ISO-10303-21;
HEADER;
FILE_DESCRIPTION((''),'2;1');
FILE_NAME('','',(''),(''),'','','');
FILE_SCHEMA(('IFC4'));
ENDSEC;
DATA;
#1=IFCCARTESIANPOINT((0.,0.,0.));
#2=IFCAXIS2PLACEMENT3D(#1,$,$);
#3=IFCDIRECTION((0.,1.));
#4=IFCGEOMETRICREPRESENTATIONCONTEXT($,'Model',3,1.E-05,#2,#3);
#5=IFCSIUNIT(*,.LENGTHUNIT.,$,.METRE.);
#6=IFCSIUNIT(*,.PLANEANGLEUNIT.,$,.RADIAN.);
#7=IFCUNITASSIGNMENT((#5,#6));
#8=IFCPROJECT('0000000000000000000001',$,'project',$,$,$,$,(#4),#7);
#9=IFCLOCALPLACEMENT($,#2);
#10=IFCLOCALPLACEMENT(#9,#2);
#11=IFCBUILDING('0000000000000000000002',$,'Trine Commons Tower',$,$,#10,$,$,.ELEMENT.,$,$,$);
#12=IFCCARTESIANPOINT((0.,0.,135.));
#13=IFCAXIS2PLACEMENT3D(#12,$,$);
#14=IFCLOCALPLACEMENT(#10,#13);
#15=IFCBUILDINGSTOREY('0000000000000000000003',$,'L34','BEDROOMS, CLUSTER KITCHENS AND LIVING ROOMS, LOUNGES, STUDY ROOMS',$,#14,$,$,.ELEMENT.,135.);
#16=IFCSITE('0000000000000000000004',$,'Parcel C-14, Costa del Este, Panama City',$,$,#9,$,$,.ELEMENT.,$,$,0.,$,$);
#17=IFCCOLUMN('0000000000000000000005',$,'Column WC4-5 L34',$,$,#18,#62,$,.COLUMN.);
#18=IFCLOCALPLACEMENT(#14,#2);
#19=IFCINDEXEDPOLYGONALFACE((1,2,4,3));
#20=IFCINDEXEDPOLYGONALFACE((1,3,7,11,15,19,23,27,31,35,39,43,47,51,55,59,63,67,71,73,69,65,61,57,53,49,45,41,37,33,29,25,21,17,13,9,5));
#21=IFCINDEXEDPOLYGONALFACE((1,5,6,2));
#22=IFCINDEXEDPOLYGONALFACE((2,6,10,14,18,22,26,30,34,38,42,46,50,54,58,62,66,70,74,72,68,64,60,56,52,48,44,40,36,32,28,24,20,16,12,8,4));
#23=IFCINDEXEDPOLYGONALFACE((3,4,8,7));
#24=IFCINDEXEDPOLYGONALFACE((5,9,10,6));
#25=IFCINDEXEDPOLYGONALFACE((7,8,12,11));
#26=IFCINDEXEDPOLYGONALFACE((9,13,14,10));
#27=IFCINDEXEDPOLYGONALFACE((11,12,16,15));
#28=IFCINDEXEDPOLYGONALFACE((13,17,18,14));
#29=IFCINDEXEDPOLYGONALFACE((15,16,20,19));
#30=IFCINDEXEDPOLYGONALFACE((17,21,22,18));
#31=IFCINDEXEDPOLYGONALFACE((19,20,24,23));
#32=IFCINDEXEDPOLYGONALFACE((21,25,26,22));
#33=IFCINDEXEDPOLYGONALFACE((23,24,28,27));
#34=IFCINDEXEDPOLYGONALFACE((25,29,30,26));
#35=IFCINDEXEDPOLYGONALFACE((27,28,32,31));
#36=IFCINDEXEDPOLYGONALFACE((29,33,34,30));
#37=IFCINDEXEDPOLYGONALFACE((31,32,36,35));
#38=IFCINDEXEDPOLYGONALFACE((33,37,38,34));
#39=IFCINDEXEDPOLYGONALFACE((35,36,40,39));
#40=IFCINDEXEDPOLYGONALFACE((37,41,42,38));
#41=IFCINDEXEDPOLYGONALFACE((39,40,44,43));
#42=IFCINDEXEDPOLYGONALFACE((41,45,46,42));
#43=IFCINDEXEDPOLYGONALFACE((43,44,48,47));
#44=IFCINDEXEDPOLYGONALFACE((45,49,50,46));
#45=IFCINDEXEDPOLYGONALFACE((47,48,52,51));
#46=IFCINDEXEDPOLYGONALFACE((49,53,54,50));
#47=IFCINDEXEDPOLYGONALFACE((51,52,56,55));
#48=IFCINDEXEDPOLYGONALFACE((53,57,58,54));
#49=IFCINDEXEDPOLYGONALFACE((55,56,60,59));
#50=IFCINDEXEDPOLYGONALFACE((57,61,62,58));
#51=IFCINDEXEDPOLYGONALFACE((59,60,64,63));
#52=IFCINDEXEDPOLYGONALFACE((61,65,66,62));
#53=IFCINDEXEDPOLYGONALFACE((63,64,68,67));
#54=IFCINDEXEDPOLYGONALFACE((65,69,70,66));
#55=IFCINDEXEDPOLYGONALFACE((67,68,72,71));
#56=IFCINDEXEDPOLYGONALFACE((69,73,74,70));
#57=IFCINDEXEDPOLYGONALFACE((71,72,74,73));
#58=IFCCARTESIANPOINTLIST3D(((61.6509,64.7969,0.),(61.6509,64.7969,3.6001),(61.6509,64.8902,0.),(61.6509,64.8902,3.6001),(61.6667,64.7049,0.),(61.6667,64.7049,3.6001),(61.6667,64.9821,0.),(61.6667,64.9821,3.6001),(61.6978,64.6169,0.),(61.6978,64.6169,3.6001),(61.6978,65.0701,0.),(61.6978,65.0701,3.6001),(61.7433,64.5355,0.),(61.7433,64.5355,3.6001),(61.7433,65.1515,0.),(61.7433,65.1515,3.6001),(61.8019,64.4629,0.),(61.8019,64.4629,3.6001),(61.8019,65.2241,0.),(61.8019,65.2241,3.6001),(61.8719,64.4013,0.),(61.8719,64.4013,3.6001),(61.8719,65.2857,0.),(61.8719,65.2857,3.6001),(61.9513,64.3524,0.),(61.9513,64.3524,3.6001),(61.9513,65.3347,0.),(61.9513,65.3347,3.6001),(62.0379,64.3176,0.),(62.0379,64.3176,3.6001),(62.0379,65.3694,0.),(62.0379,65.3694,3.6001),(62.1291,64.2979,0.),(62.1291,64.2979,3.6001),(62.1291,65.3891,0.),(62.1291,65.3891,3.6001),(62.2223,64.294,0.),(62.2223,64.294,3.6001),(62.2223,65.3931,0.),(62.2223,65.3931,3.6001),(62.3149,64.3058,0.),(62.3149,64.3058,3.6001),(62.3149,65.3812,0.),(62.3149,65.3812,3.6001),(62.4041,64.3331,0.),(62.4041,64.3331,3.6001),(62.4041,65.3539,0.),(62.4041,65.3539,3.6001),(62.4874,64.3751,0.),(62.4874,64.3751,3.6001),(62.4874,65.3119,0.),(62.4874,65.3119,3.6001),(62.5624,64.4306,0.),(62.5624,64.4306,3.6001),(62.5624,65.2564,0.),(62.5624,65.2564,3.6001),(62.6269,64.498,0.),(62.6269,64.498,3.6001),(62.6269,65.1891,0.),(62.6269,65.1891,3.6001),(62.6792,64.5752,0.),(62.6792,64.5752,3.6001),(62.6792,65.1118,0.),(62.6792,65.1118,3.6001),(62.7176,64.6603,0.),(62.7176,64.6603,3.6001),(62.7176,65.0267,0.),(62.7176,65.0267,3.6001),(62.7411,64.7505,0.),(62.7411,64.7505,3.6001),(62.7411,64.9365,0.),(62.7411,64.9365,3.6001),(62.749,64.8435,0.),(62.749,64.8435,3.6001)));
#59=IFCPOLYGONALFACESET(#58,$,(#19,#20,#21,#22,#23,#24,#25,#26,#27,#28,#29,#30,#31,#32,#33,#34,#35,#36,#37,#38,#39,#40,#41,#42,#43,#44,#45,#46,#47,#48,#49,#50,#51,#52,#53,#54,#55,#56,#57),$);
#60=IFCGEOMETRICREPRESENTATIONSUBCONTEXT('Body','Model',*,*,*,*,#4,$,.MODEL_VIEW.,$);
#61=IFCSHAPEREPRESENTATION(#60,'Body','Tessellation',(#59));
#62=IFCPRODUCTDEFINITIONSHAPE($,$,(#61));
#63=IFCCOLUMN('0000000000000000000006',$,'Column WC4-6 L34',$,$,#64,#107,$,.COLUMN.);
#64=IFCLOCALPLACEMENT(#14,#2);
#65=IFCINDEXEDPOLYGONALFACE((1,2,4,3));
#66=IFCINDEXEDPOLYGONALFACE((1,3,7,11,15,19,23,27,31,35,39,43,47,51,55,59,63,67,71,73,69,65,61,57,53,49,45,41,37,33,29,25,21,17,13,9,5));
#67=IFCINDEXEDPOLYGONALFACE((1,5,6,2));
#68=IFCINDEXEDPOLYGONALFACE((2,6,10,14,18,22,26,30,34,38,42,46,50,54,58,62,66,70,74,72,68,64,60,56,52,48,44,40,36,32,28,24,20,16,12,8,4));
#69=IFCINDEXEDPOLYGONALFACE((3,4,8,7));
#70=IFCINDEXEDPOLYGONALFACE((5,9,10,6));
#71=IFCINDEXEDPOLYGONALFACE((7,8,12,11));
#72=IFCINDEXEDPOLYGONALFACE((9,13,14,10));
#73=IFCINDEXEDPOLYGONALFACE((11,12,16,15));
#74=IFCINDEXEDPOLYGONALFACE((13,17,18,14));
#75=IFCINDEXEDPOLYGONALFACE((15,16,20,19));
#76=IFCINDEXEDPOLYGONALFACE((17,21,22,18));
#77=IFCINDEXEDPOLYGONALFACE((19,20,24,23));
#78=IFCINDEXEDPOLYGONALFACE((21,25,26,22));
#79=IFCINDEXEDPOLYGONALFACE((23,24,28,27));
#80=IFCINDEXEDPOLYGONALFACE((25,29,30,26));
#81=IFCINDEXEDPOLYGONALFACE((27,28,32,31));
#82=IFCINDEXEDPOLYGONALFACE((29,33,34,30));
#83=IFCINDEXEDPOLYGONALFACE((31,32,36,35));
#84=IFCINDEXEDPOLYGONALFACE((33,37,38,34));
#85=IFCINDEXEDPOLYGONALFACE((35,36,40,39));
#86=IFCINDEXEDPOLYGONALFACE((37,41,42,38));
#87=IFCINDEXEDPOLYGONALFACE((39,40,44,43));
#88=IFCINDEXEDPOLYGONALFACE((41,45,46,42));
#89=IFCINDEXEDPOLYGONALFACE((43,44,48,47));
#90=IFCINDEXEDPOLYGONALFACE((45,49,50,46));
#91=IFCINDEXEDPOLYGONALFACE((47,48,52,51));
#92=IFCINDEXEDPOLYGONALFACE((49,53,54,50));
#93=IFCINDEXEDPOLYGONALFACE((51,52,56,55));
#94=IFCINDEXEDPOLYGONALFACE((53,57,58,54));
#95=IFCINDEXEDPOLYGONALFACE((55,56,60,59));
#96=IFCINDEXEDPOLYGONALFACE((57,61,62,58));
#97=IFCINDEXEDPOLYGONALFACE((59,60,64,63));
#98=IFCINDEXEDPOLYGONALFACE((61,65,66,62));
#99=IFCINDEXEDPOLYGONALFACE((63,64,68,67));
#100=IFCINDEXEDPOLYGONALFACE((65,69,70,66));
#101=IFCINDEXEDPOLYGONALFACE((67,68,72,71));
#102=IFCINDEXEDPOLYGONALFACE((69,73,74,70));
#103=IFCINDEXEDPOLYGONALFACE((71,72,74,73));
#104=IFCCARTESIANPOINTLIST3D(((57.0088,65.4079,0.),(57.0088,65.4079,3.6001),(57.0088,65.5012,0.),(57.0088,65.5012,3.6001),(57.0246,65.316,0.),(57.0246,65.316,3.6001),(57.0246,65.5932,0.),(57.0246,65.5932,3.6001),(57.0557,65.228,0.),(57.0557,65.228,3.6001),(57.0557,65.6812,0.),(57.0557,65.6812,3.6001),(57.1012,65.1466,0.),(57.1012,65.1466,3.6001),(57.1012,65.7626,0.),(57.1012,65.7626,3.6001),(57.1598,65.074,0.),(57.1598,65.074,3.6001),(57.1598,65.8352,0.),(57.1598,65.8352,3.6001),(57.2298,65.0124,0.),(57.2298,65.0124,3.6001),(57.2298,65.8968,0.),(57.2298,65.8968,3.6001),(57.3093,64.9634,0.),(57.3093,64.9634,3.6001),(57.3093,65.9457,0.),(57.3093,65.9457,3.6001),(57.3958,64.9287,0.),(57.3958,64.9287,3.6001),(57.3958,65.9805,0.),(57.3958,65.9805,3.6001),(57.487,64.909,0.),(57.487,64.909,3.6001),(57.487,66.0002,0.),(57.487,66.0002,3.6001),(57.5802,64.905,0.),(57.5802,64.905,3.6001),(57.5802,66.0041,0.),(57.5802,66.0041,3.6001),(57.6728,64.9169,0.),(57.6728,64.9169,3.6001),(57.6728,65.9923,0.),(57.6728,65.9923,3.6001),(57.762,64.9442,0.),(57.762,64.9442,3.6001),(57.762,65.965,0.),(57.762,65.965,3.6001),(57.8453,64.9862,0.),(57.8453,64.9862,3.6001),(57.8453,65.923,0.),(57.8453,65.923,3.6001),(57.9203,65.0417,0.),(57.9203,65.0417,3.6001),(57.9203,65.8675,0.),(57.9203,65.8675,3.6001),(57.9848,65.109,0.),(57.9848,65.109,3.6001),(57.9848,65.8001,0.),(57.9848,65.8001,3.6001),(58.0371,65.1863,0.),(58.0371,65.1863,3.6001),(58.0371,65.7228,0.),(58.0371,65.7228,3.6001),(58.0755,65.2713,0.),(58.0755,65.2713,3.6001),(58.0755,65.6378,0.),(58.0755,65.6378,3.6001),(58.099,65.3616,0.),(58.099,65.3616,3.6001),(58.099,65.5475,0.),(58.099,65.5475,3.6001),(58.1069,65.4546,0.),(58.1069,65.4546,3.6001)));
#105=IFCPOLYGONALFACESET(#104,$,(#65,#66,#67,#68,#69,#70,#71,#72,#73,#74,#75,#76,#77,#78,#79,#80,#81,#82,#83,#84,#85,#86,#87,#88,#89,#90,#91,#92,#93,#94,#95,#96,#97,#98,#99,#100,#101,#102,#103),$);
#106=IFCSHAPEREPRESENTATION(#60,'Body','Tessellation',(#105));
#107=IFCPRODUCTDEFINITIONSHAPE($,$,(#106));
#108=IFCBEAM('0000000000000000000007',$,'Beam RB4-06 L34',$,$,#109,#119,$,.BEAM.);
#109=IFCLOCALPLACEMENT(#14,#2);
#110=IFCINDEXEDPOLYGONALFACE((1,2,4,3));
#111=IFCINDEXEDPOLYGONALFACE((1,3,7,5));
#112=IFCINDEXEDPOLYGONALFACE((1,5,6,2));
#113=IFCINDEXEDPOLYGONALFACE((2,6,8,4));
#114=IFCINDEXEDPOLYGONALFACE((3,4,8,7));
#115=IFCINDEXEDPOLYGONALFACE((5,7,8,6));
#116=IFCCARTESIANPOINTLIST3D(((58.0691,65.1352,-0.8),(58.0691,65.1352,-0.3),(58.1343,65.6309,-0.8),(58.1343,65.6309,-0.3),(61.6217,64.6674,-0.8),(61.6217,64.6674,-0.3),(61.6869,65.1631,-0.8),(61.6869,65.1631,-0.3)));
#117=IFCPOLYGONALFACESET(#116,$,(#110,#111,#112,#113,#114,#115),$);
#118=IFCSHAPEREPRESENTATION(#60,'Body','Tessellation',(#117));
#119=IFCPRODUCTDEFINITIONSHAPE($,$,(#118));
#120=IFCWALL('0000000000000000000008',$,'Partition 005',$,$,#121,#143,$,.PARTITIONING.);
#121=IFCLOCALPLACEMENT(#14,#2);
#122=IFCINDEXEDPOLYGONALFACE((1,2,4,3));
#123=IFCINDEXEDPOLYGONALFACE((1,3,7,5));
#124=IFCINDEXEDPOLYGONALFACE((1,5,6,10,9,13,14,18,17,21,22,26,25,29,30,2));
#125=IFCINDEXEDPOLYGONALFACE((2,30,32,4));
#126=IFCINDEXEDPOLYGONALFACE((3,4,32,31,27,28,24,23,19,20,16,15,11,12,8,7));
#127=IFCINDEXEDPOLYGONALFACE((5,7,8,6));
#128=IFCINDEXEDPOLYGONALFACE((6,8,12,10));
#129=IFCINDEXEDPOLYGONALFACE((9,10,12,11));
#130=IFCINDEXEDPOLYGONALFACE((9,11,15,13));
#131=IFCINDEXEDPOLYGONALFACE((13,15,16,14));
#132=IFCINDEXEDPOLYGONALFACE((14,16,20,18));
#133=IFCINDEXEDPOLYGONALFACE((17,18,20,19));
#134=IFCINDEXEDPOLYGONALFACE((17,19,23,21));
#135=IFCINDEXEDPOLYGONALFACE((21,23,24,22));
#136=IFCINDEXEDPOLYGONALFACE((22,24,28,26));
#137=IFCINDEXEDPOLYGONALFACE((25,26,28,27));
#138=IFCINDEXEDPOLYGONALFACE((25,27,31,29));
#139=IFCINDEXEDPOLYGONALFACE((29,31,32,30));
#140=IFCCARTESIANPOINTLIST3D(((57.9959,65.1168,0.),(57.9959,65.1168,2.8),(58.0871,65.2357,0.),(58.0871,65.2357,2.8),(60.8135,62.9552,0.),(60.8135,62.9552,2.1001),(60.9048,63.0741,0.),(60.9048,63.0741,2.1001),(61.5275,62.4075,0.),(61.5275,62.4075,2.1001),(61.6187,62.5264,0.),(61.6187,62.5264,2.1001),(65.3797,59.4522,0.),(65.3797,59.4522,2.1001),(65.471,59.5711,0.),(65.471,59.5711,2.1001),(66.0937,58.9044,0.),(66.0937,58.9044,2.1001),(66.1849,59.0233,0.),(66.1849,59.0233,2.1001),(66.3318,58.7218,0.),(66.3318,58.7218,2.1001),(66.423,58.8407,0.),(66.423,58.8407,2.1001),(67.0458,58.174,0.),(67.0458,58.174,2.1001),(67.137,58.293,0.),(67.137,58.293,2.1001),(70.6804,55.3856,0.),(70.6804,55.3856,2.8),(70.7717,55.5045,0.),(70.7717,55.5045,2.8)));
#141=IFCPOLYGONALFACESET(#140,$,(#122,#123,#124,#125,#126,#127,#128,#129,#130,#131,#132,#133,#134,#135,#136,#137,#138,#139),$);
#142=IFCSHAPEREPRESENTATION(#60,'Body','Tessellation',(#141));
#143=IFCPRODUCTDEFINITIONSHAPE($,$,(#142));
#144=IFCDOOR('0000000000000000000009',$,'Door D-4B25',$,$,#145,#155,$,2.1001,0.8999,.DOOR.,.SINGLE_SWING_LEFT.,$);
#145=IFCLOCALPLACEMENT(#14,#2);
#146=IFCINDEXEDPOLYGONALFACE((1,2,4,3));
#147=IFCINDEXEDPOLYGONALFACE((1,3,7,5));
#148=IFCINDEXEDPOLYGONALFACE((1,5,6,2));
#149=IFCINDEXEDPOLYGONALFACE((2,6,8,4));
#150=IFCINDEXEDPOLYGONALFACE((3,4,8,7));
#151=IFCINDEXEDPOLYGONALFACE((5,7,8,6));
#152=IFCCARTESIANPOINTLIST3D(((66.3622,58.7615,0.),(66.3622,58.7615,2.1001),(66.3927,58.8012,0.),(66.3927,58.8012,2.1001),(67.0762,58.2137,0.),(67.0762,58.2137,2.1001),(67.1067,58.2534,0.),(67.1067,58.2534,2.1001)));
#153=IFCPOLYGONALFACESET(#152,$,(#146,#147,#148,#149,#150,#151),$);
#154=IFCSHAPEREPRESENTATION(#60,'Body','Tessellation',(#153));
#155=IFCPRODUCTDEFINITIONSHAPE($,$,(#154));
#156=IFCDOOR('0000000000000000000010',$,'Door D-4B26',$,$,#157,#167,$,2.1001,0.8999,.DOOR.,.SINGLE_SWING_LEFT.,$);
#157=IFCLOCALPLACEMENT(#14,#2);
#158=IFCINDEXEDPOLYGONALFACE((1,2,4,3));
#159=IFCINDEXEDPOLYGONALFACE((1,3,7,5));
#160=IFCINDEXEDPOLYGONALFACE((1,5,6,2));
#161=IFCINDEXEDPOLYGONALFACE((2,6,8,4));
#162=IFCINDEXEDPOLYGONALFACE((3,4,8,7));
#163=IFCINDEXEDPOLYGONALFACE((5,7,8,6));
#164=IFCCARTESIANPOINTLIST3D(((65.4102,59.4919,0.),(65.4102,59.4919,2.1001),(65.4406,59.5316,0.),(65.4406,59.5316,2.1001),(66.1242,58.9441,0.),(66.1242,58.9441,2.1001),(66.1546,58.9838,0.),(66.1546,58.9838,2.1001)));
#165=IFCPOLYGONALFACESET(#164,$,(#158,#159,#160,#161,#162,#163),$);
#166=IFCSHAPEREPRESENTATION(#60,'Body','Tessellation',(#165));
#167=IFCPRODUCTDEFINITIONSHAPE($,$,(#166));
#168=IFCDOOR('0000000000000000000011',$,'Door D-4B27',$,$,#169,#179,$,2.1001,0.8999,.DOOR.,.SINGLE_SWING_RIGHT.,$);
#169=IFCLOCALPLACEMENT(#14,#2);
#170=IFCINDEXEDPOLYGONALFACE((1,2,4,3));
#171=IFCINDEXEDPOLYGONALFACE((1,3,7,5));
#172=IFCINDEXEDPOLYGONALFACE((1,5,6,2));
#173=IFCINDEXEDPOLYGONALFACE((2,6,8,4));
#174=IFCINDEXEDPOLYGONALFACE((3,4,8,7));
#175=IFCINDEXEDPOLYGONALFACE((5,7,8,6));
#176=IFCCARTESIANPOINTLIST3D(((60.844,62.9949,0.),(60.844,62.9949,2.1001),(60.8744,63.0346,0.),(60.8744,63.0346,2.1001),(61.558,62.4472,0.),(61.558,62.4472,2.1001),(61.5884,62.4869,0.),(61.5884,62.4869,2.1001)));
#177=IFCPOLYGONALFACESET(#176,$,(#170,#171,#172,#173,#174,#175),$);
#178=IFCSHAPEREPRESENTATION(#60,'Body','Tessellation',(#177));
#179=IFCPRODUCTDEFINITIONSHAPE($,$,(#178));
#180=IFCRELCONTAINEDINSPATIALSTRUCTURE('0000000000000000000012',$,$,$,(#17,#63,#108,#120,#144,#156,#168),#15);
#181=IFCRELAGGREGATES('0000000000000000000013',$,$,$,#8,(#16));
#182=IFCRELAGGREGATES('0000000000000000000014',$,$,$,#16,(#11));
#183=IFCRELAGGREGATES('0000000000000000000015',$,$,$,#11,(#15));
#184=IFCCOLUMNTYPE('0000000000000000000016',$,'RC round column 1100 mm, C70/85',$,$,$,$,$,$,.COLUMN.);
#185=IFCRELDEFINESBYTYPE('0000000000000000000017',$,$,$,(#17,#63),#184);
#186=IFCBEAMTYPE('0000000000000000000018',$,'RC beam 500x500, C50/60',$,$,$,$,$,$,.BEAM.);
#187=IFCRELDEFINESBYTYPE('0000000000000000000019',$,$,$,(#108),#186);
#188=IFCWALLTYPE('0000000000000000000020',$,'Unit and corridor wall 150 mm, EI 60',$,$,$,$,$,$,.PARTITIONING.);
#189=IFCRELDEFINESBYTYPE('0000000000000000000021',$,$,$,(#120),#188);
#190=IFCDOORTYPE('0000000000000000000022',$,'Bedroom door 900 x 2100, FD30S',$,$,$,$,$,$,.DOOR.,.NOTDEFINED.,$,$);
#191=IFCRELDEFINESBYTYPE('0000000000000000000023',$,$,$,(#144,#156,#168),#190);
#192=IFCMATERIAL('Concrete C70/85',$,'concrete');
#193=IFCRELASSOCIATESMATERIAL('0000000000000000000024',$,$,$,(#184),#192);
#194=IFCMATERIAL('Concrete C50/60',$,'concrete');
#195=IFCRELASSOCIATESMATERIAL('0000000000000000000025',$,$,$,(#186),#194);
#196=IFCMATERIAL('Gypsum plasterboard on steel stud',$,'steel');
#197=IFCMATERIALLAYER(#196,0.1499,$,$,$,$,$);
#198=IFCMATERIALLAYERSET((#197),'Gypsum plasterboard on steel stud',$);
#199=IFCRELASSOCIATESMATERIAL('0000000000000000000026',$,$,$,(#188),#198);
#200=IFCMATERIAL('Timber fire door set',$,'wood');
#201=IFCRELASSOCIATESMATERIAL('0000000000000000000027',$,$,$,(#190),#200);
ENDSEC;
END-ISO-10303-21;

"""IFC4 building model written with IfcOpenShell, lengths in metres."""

from ifc_helpers import new_model, si_unit, direction, frame, frame_2d, origin, origin_2d, place, context, subcontext, project, spatial, rectangle, circle, extrude, material, layer, layer_set, material_profile, profile_set, type_object, element, fill, save


model = new_model("IFC4")

# Units and contexts
model_context = context("Model", 3, precision=1e-05, world=origin(), true_north=direction((0.0, 1.0)))
body_context = subcontext(model_context, "Body", "Model", "MODEL_VIEW")
ifc_project = project(units=[si_unit("LENGTHUNIT", "METRE"), si_unit("PLANEANGLEUNIT", "RADIAN")], contexts=[model_context])

# Site, building, storey
site_placement = place(None, origin())
site = spatial("IfcSite", under=ifc_project, at=site_placement, Name="Parcel C-14, Costa del Este, Panama City", CompositionType="ELEMENT", RefElevation=0.0)
building_placement = place(site_placement, origin())
building = spatial("IfcBuilding", under=site, at=building_placement, Name="Trine Commons Tower", CompositionType="ELEMENT")
storey_placement = place(building_placement, frame((0.0, 0.0, 135.0)))
storey = spatial("IfcBuildingStorey", under=building, at=storey_placement, Name="L34", Description="BEDROOMS, CLUSTER KITCHENS AND LIVING ROOMS, LOUNGES, STUDY ROOMS", CompositionType="ELEMENT", Elevation=135.0)

# Columns
ifc_material_1 = material(Name="Concrete C70/85", Category="concrete")
ifc_material_profile_1 = material_profile(ifc_material_1, circle(Radius=0.55, at=origin_2d()), Name="RC round 1100")
ifc_profile_set_1 = profile_set([ifc_material_profile_1], Name="Concrete C70/85")
column_type = type_object("IfcColumnType", Name="RC round column 1100 mm, C70/85", PredefinedType="COLUMN", material=ifc_profile_set_1)
for number, where, z_axis, x_axis, name in (
    (1, (62.199, 64.8435, 0.0), (0.0, 0.0, 1.0), (1.0, 0.0, 0.0), "Column WC4-5 L34"),
    (2, (57.5569, 65.4546, 0.0), (0.0, 0.0, 1.0), (1.0, 0.0, 0.0), "Column WC4-6 L34"),
):
    element("IfcColumn", number, at=place(storey_placement, frame(where, z_axis=z_axis, x_axis=x_axis)), inside=storey, type_object=column_type, Name=name, PredefinedType="COLUMN", context=body_context, shape_type="SweptSolid", body=[
        extrude(circle(Radius=0.55, at=origin_2d()), origin(), (0.0, 0.0, 1.0), 3.6001),
    ])

# Beam
ifc_material_2 = material(Name="Concrete C50/60", Category="concrete")
ifc_material_profile_2 = material_profile(ifc_material_2, rectangle(XDim=0.5, YDim=0.5, at=origin_2d()), Name="RC 500x500")
ifc_profile_set_2 = profile_set([ifc_material_profile_2], Name="Concrete C50/60")
beam_type = type_object("IfcBeamType", Name="RC beam 500x500, C50/60", PredefinedType="BEAM", material=ifc_profile_set_2)
beam_placement = place(storey_placement, frame((61.6543, 64.9153, -0.55), z_axis=(-0.991442, 0.130548, 0.0), x_axis=(-0.130548, -0.991442, 0.0)))
element("IfcBeam", 3, at=beam_placement, inside=storey, type_object=beam_type, Name="Beam RB4-06 L34", PredefinedType="BEAM", context=body_context, shape_type="SweptSolid", body=[
    extrude(rectangle(XDim=0.5, YDim=0.5, at=origin_2d()), origin(), (0.0, 0.0, 1.0), 3.5833),
])

# Wall, openings, doors
ifc_material_3 = material(Name="Gypsum plasterboard on steel stud", Category="steel")
ifc_layer_1 = layer(ifc_material_3, 0.1499)
ifc_layer_set_1 = layer_set([ifc_layer_1], Name="Gypsum plasterboard on steel stud")
wall_type_1 = type_object("IfcWallType", Name="Unit and corridor wall 150 mm, EI 60", PredefinedType="PARTITIONING", material=ifc_layer_set_1)
wall_1_placement = place(storey_placement, frame((58.0415, 65.1763, 0.0), z_axis=(0.0, 0.0, 1.0), x_axis=(0.793414, -0.608682, 0.0)))
wall_1 = element("IfcWall", 4, at=wall_1_placement, inside=storey, type_object=wall_type_1, Name="Partition 005", PredefinedType="PARTITIONING", context=body_context, shape_type="SweptSolid", body=[
    extrude(rectangle(XDim=15.9873, YDim=0.1499, at=frame_2d((7.9937, 0.0))), origin(), (0.0, 0.0, 1.0), 2.8),
])
opening_1_placement = place(wall_1_placement, frame((10.5063, 0.0, 0.0)))
opening_1 = element("IfcOpeningElement", 5, at=opening_1_placement, cuts=wall_1, PredefinedType="OPENING", context=body_context, shape_type="SweptSolid", body=[
    extrude(rectangle(XDim=0.8999, YDim=2.1001, at=frame_2d((0.45, 1.05))), frame((0.0, 0.085, 0.0), z_axis=(0.0, -1.0, 0.0), x_axis=(1.0, 0.0, 0.0)), (0.0, 0.0, 1.0), 0.1699),
])
opening_2_placement = place(wall_1_placement, frame((9.3064, 0.0, 0.0)))
opening_2 = element("IfcOpeningElement", 6, at=opening_2_placement, cuts=wall_1, PredefinedType="OPENING", context=body_context, shape_type="SweptSolid", body=[
    extrude(rectangle(XDim=0.8999, YDim=2.1001, at=frame_2d((0.45, 1.05))), frame((0.0, 0.085, 0.0), z_axis=(0.0, -1.0, 0.0), x_axis=(1.0, 0.0, 0.0)), (0.0, 0.0, 1.0), 0.1699),
])
opening_3_placement = place(wall_1_placement, frame((3.5513, 0.0, 0.0)))
opening_3 = element("IfcOpeningElement", 7, at=opening_3_placement, cuts=wall_1, PredefinedType="OPENING", context=body_context, shape_type="SweptSolid", body=[
    extrude(rectangle(XDim=0.8999, YDim=2.1001, at=frame_2d((0.45, 1.05))), frame((0.0, 0.085, 0.0), z_axis=(0.0, -1.0, 0.0), x_axis=(1.0, 0.0, 0.0)), (0.0, 0.0, 1.0), 0.1699),
])
ifc_material_4 = material(Name="Timber fire door set", Category="wood")
door_type_1 = type_object("IfcDoorType", Name="Bedroom door 900 x 2100, FD30S", OperationType="NOTDEFINED", PredefinedType="DOOR", material=ifc_material_4)
door_1_placement = place(opening_1_placement, frame((0.8999, 0.0, 0.0), z_axis=(0.0, 0.0, 1.0), x_axis=(-1.0, 0.0, 0.0)))
door_1 = element("IfcDoor", 8, at=door_1_placement, inside=storey, type_object=door_type_1, Name="Door D-4B25", OperationType="SINGLE_SWING_LEFT", OverallHeight=2.1001, OverallWidth=0.8999, PredefinedType="DOOR", context=body_context, shape_type="SweptSolid", body=[
    extrude(rectangle(XDim=0.8999, YDim=2.1001, at=frame_2d((0.45, 1.05))), frame((0.0, 0.0249, 0.0), z_axis=(0.0, -1.0, 0.0), x_axis=(1.0, 0.0, 0.0)), (0.0, 0.0, 1.0), 0.05),
])
fill(opening_1, door_1)
door_2_placement = place(opening_2_placement, frame((0.8999, 0.0, 0.0), z_axis=(0.0, 0.0, 1.0), x_axis=(-1.0, 0.0, 0.0)))
door_2 = element("IfcDoor", 9, at=door_2_placement, inside=storey, type_object=door_type_1, Name="Door D-4B26", OperationType="SINGLE_SWING_LEFT", OverallHeight=2.1001, OverallWidth=0.8999, PredefinedType="DOOR", context=body_context, shape_type="SweptSolid", body=[
    extrude(rectangle(XDim=0.8999, YDim=2.1001, at=frame_2d((0.45, 1.05))), frame((0.0, 0.0249, 0.0), z_axis=(0.0, -1.0, 0.0), x_axis=(1.0, 0.0, 0.0)), (0.0, 0.0, 1.0), 0.05),
])
fill(opening_2, door_2)
door_3_placement = place(opening_3_placement, frame((0.8999, 0.0, 0.0), z_axis=(0.0, 0.0, 1.0), x_axis=(-1.0, 0.0, 0.0)))
door_3 = element("IfcDoor", 10, at=door_3_placement, inside=storey, type_object=door_type_1, Name="Door D-4B27", OperationType="SINGLE_SWING_RIGHT", OverallHeight=2.1001, OverallWidth=0.8999, PredefinedType="DOOR", context=body_context, shape_type="SweptSolid", body=[
    extrude(rectangle(XDim=0.8999, YDim=2.1001, at=frame_2d((0.45, 1.05))), frame((0.0, 0.0249, 0.0), z_axis=(0.0, -1.0, 0.0), x_axis=(1.0, 0.0, 0.0)), (0.0, 0.0, 1.0), 0.05),
])
fill(opening_3, door_3)

save(model, "model.ifc")
